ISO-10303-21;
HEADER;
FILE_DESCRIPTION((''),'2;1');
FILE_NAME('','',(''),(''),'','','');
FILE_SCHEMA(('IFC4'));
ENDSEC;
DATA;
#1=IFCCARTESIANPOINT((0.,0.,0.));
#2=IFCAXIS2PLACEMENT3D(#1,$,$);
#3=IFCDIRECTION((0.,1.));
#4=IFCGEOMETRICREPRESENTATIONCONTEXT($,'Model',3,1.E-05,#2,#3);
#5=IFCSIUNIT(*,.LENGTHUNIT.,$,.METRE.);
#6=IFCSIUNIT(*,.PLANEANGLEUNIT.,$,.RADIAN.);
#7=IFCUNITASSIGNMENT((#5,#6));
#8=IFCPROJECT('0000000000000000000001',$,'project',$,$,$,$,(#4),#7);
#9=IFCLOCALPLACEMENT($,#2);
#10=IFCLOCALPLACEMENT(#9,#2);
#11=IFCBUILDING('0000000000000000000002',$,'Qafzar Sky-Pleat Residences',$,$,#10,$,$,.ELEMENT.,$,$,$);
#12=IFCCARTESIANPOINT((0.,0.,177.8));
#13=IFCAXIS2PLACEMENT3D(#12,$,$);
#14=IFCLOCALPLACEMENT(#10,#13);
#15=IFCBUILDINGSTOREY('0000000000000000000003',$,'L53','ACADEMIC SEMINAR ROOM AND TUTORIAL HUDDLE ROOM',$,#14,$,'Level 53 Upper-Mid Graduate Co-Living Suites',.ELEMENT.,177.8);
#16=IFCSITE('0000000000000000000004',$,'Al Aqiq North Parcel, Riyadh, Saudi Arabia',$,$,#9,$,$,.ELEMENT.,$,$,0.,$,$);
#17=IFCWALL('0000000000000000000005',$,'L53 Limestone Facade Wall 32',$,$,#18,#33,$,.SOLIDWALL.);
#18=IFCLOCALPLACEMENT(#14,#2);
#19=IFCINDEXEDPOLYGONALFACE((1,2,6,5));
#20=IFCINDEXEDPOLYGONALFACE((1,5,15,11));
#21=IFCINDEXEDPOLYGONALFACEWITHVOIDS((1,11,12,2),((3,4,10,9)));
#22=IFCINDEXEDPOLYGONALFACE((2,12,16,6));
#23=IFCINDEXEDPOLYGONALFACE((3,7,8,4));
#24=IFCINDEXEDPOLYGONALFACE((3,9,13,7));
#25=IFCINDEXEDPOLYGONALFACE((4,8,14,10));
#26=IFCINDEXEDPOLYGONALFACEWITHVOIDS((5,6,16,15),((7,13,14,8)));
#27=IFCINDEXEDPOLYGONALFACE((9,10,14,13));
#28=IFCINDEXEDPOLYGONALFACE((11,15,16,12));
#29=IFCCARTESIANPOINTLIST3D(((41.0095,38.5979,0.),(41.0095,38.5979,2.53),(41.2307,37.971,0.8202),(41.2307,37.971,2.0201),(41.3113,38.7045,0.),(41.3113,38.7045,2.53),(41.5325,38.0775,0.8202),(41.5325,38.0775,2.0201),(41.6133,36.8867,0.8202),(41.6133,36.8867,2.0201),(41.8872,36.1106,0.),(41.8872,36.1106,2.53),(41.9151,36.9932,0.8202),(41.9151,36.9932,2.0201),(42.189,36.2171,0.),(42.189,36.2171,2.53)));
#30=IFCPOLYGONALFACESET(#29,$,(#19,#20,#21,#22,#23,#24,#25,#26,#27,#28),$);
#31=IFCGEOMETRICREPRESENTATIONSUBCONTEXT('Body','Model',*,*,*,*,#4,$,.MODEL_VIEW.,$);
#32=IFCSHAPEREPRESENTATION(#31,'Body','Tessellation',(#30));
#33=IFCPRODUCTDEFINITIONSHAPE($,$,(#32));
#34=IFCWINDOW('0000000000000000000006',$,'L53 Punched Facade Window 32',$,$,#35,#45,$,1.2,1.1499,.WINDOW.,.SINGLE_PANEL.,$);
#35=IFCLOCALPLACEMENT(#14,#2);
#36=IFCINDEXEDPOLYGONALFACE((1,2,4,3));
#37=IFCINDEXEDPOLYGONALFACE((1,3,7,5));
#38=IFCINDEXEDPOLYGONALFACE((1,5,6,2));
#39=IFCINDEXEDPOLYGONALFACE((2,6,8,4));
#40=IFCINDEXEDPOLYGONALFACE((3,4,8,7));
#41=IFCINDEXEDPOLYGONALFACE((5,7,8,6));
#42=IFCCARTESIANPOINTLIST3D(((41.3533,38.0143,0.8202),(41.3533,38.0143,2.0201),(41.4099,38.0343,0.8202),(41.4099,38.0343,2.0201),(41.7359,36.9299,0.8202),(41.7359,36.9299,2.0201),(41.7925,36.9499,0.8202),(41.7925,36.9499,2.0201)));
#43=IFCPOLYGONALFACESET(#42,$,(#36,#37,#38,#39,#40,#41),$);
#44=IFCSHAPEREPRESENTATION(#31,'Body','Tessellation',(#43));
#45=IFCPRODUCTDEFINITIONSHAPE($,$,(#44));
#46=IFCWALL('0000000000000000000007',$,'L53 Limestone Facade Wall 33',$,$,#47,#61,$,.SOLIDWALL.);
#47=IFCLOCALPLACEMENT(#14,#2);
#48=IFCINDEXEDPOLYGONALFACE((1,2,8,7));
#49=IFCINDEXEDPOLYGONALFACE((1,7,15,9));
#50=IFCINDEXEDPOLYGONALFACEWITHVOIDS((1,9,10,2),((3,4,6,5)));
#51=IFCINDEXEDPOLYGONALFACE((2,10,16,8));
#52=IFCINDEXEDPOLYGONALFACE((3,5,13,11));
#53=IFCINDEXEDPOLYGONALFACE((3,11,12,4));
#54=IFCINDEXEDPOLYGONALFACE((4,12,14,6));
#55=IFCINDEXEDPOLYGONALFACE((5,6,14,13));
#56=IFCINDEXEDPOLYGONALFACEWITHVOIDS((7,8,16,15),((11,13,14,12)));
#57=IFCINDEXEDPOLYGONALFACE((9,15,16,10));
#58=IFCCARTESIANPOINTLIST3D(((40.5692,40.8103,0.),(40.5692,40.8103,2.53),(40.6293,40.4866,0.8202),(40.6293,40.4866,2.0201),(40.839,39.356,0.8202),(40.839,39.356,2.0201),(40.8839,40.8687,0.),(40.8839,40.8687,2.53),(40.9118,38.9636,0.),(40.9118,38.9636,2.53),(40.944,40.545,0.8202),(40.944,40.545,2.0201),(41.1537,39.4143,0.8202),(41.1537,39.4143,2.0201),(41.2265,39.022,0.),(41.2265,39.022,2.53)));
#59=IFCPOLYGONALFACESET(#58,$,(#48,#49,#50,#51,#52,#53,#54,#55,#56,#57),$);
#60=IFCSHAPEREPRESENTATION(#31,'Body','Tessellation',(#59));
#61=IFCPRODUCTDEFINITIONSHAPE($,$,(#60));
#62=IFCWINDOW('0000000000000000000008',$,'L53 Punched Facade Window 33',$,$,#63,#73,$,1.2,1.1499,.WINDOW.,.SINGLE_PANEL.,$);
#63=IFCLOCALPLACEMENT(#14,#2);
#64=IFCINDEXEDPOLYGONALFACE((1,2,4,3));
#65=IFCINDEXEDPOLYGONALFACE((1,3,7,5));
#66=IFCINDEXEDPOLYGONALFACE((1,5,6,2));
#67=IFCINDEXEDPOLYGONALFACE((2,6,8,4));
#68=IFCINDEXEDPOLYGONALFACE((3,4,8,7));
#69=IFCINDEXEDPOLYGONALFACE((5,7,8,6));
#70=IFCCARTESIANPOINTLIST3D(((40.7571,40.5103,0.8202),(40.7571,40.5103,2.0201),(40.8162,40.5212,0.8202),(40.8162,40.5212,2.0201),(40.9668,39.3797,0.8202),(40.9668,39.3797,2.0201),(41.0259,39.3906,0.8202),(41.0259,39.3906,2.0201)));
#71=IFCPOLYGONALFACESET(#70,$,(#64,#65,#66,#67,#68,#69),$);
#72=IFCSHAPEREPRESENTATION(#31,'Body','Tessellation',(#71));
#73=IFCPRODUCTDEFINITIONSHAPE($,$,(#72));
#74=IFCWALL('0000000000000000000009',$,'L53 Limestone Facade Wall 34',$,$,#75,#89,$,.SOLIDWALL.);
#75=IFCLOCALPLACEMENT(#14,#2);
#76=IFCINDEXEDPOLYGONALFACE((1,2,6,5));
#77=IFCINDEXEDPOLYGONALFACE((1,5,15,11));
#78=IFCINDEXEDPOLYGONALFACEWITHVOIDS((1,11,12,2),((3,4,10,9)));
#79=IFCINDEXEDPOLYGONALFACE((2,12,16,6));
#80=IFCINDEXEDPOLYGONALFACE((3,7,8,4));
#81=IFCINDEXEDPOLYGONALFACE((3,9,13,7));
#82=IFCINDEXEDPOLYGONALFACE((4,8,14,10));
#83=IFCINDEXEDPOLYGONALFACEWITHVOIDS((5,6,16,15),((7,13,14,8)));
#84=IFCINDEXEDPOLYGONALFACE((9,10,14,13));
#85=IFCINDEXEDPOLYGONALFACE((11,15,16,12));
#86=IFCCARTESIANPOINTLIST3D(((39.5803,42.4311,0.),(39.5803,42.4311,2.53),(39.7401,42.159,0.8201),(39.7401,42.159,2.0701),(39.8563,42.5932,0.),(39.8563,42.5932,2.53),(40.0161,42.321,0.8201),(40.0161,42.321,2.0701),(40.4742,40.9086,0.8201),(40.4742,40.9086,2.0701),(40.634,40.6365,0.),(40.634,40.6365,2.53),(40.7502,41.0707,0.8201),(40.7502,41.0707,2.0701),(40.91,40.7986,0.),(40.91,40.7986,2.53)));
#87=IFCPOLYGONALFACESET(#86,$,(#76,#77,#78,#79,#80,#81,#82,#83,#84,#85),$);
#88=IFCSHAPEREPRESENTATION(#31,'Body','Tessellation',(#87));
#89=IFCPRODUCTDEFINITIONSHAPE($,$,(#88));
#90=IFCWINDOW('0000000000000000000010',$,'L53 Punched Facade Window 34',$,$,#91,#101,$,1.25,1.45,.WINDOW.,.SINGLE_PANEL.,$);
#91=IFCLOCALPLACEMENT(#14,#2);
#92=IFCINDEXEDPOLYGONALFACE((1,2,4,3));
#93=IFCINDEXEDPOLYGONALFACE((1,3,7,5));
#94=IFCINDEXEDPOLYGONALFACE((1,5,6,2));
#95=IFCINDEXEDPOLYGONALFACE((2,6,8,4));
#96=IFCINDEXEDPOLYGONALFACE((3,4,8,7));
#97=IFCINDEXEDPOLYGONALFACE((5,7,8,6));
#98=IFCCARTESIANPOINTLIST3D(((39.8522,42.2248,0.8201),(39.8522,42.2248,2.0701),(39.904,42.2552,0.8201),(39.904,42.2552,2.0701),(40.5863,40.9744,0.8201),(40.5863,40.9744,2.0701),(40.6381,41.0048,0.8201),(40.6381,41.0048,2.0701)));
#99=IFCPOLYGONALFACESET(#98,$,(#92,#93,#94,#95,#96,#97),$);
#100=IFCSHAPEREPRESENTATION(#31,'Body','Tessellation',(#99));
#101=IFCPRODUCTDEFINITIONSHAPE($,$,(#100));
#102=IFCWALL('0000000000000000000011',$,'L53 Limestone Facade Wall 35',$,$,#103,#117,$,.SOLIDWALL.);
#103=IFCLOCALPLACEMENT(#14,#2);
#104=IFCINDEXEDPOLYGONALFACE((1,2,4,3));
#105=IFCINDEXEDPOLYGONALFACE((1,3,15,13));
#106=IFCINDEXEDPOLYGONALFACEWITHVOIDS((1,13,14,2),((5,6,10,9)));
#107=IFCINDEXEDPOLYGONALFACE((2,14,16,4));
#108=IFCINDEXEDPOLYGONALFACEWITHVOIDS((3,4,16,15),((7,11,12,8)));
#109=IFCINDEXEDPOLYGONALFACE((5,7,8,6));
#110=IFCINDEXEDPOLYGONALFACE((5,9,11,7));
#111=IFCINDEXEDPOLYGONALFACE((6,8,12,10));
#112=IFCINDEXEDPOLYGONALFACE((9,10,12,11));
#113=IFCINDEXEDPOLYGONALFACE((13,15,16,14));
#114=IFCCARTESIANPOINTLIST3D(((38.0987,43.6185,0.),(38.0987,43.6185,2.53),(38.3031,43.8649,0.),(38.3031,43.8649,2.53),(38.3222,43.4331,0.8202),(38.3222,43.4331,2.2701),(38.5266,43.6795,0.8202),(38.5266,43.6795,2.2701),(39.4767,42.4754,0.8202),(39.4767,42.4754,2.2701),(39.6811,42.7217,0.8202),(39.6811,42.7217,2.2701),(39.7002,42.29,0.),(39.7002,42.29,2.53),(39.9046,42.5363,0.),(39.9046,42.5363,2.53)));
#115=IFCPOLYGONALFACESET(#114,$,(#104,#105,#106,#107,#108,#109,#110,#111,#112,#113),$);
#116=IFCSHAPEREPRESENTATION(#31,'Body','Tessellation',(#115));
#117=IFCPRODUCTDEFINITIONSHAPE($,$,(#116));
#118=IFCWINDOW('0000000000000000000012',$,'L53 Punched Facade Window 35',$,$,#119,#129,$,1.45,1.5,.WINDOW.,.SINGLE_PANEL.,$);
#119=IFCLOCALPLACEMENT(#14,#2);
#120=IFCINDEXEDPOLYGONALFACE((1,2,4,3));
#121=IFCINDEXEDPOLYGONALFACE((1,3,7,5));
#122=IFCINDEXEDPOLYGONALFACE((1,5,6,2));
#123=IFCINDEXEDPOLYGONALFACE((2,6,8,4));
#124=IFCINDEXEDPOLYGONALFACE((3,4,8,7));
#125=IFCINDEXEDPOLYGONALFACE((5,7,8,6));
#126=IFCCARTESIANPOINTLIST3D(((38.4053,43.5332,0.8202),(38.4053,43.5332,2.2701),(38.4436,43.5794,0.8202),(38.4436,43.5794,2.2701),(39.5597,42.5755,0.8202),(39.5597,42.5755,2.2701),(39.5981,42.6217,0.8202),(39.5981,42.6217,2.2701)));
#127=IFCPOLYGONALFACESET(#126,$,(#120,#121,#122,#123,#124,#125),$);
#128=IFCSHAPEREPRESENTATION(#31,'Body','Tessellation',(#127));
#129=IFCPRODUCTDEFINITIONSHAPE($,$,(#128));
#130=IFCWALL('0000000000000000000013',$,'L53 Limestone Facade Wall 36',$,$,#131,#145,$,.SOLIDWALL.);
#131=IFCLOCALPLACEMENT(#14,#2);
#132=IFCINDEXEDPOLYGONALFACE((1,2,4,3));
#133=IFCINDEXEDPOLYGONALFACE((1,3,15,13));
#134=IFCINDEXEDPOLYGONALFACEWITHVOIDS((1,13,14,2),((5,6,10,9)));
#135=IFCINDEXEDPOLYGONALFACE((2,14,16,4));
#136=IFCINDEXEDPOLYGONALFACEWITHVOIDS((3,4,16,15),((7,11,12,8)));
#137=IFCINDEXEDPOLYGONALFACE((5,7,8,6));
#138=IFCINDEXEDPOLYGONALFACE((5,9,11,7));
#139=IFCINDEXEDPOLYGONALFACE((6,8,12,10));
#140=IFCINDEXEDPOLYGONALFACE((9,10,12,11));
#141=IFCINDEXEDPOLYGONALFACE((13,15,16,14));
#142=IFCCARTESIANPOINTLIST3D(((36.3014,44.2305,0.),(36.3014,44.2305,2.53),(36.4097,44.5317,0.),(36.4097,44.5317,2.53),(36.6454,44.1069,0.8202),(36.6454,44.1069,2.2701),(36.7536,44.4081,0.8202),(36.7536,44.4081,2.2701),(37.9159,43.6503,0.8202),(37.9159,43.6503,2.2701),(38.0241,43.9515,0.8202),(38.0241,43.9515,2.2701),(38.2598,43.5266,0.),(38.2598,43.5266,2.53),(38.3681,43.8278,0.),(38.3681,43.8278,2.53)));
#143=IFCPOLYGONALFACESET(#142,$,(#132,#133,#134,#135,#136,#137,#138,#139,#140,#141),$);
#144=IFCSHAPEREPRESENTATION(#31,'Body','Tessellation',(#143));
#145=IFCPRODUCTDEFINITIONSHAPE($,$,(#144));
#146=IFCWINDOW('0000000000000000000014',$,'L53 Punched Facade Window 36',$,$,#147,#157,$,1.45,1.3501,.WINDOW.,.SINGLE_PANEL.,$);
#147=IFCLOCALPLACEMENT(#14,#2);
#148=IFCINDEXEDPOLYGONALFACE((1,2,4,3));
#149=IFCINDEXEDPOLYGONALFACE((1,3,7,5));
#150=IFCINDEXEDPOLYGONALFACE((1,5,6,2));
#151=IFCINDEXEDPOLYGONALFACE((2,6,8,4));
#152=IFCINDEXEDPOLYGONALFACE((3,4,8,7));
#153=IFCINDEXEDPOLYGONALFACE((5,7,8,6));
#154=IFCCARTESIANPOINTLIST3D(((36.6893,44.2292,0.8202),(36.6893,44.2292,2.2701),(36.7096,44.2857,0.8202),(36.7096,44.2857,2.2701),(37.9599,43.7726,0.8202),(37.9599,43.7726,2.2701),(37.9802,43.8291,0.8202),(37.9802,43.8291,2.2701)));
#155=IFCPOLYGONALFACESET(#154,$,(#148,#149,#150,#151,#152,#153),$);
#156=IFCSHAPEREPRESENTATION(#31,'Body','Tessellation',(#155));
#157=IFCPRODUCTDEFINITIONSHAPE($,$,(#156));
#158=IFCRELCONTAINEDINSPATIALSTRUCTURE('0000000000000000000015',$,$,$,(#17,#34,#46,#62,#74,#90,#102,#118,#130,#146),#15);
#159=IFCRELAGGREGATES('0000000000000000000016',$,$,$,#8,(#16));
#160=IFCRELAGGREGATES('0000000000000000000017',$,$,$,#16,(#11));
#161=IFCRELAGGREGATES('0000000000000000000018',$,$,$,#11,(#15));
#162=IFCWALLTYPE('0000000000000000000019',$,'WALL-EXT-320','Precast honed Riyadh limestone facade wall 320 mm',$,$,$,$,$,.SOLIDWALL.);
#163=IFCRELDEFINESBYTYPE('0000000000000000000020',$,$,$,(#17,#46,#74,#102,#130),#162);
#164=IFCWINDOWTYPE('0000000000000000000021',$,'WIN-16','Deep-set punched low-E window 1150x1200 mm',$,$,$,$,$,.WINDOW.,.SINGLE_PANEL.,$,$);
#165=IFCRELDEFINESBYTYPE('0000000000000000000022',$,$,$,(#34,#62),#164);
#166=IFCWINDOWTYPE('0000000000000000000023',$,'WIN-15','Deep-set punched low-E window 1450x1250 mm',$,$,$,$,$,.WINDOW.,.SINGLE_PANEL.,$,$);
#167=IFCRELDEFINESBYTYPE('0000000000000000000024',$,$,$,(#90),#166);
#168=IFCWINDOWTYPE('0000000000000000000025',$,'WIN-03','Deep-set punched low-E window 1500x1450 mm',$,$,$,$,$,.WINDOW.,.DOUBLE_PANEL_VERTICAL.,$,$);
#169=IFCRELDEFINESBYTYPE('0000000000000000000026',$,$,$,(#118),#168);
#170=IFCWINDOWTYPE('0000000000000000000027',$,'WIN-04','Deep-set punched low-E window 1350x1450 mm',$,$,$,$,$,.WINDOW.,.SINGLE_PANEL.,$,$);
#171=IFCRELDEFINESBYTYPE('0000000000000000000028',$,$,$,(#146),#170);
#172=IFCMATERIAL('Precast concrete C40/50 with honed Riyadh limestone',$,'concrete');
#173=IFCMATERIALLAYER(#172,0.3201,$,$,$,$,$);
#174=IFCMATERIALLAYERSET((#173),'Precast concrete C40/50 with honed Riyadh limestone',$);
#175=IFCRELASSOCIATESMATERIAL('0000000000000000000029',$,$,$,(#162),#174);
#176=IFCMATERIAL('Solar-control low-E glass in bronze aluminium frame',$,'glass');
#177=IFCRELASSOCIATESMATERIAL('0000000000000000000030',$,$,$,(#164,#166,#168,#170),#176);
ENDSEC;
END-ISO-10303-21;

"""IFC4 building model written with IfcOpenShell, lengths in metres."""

from ifc_helpers import new_model, si_unit, direction, frame, frame_2d, origin, place, context, subcontext, project, spatial, rectangle, extrude, source, transform, mapped, material, layer, layer_set, type_object, element, fill, save


model = new_model("IFC4")

# Units and contexts
model_context = context("Model", 3, precision=1e-05, world=origin(), true_north=direction((0.0, 1.0)))
body_context = subcontext(model_context, "Body", "Model", "MODEL_VIEW")
ifc_project = project(units=[si_unit("LENGTHUNIT", "METRE"), si_unit("PLANEANGLEUNIT", "RADIAN")], contexts=[model_context])

# Site, building, storey
site_placement = place(None, origin())
site = spatial("IfcSite", under=ifc_project, at=site_placement, Name="Al Aqiq North Parcel, Riyadh, Saudi Arabia", CompositionType="ELEMENT", RefElevation=0.0)
building_placement = place(site_placement, origin())
building = spatial("IfcBuilding", under=site, at=building_placement, Name="Qafzar Sky-Pleat Residences", CompositionType="ELEMENT")
storey_placement = place(building_placement, frame((0.0, 0.0, 177.8)))
storey = spatial("IfcBuildingStorey", under=building, at=storey_placement, Name="L53", Description="ACADEMIC SEMINAR ROOM AND TUTORIAL HUDDLE ROOM", LongName="Level 53 Upper-Mid Graduate Co-Living Suites", CompositionType="ELEMENT", Elevation=177.8)

# Walls, openings, windows
ifc_material_1 = material(Name="Precast concrete C40/50 with honed Riyadh limestone", Category="concrete")
ifc_layer_1 = layer(ifc_material_1, 0.3201)
ifc_layer_set_1 = layer_set([ifc_layer_1], Name="Precast concrete C40/50 with honed Riyadh limestone")
wall_type_1 = type_object("IfcWallType", Name="WALL-EXT-320", Description="Precast honed Riyadh limestone facade wall 320 mm", PredefinedType="SOLIDWALL", material=ifc_layer_set_1)
wall_1_placement = place(storey_placement, frame((42.0381, 36.1638, 0.0), z_axis=(0.0, 0.0, 1.0), x_axis=(-0.332757, 0.943013, 0.0)))
wall_1 = element("IfcWall", 1, at=wall_1_placement, inside=storey, type_object=wall_type_1, Name="L53 Limestone Facade Wall 32", PredefinedType="SOLIDWALL", context=body_context, shape_type="SweptSolid", body=[
    extrude(rectangle(XDim=2.6377, YDim=0.3201, at=frame_2d((1.3188, 0.0))), origin(), (0.0, 0.0, 1.0), 2.53),
])
opening_1_placement = place(wall_1_placement, frame((0.823, 0.0, 0.8201)))
opening_1 = element("IfcOpeningElement", 2, at=opening_1_placement, cuts=wall_1, PredefinedType="OPENING", context=body_context, shape_type="SweptSolid", body=[
    extrude(rectangle(XDim=1.1499, YDim=1.2, at=frame_2d((0.575, 0.6001))), frame((0.0, 0.1699, 0.0), z_axis=(0.0, -1.0, 0.0), x_axis=(1.0, 0.0, 0.0)), (0.0, 0.0, 1.0), 0.3401),
])
ifc_material_2 = material(Name="Solar-control low-E glass in bronze aluminium frame", Category="glass")
window_type_1 = type_object("IfcWindowType", Name="WIN-16", Description="Deep-set punched low-E window 1150x1200 mm", PartitioningType="SINGLE_PANEL", PredefinedType="WINDOW", material=ifc_material_2)
shared_shape_1 = source(origin(), body_context, "Body", "SweptSolid", [
    extrude(rectangle(XDim=1.1499, YDim=1.2, at=frame_2d((0.575, 0.6001))), frame((0.0, 0.03, 0.0), z_axis=(0.0, -1.0, 0.0), x_axis=(1.0, 0.0, 0.0)), (0.0, 0.0, 1.0), 0.0601),
])
window_1_placement = place(opening_1_placement, origin())
window_1 = element("IfcWindow", 3, at=window_1_placement, inside=storey, type_object=window_type_1, Name="L53 Punched Facade Window 32", OverallHeight=1.2, OverallWidth=1.1499, PartitioningType="SINGLE_PANEL", PredefinedType="WINDOW", context=body_context, shape_type="MappedRepresentation", body=[
    mapped(shared_shape_1, transform((0.0, 0.0, 0.0), x_axis=(1.0, 0.0, 0.0), y_axis=(0.0, 1.0, 0.0), z_axis=(0.0, 0.0, 1.0), scale=1.0)),
])
fill(opening_1, window_1)
wall_2_placement = place(storey_placement, frame((41.0691, 38.9929, 0.0), z_axis=(0.0, 0.0, 1.0), x_axis=(-0.182373, 0.983229, 0.0)))
wall_2 = element("IfcWall", 4, at=wall_2_placement, inside=storey, type_object=wall_type_1, Name="L53 Limestone Facade Wall 33", PredefinedType="SOLIDWALL", context=body_context, shape_type="SweptSolid", body=[
    extrude(rectangle(XDim=1.8782, YDim=0.3201, at=frame_2d((0.939, 0.0))), origin(), (0.0, 0.0, 1.0), 2.53),
])
opening_2_placement = place(wall_2_placement, frame((0.3989, 0.0, 0.8201)))
opening_2 = element("IfcOpeningElement", 5, at=opening_2_placement, cuts=wall_2, PredefinedType="OPENING", context=body_context, shape_type="SweptSolid", body=[
    extrude(rectangle(XDim=1.1499, YDim=1.2, at=frame_2d((0.575, 0.6001))), frame((0.0, 0.1699, 0.0), z_axis=(0.0, -1.0, 0.0), x_axis=(1.0, 0.0, 0.0)), (0.0, 0.0, 1.0), 0.3401),
])
window_2_placement = place(opening_2_placement, origin())
window_2 = element("IfcWindow", 6, at=window_2_placement, inside=storey, type_object=window_type_1, Name="L53 Punched Facade Window 33", OverallHeight=1.2, OverallWidth=1.1499, PartitioningType="SINGLE_PANEL", PredefinedType="WINDOW", context=body_context, shape_type="MappedRepresentation", body=[
    mapped(shared_shape_1, transform((0.0, 0.0, 0.0), x_axis=(1.0, 0.0, 0.0), y_axis=(0.0, 1.0, 0.0), z_axis=(0.0, 0.0, 1.0), scale=1.0)),
])
fill(opening_2, window_2)
wall_3_placement = place(storey_placement, frame((40.772, 40.7175, 0.0), z_axis=(0.0, 0.0, 1.0), x_axis=(-0.506312, 0.86235, 0.0)))
wall_3 = element("IfcWall", 7, at=wall_3_placement, inside=storey, type_object=wall_type_1, Name="L53 Limestone Facade Wall 34", PredefinedType="SOLIDWALL", context=body_context, shape_type="SweptSolid", body=[
    extrude(rectangle(XDim=2.0811, YDim=0.3201, at=frame_2d((1.0405, 0.0))), origin(), (0.0, 0.0, 1.0), 2.53),
])
opening_3_placement = place(wall_3_placement, frame((0.3154, 0.0, 0.8201)))
opening_3 = element("IfcOpeningElement", 8, at=opening_3_placement, cuts=wall_3, PredefinedType="OPENING", context=body_context, shape_type="SweptSolid", body=[
    extrude(rectangle(XDim=1.45, YDim=1.25, at=frame_2d((0.7251, 0.625))), frame((0.0, 0.1699, 0.0), z_axis=(0.0, -1.0, 0.0), x_axis=(1.0, 0.0, 0.0)), (0.0, 0.0, 1.0), 0.3401),
])
window_type_2 = type_object("IfcWindowType", Name="WIN-15", Description="Deep-set punched low-E window 1450x1250 mm", PartitioningType="SINGLE_PANEL", PredefinedType="WINDOW", material=ifc_material_2)
shared_shape_2 = source(origin(), body_context, "Body", "SweptSolid", [
    extrude(rectangle(XDim=1.45, YDim=1.25, at=frame_2d((0.7251, 0.625))), frame((0.0, 0.03, 0.0), z_axis=(0.0, -1.0, 0.0), x_axis=(1.0, 0.0, 0.0)), (0.0, 0.0, 1.0), 0.0601),
])
window_3_placement = place(opening_3_placement, origin())
window_3 = element("IfcWindow", 9, at=window_3_placement, inside=storey, type_object=window_type_2, Name="L53 Punched Facade Window 34", OverallHeight=1.25, OverallWidth=1.45, PartitioningType="SINGLE_PANEL", PredefinedType="WINDOW", context=body_context, shape_type="MappedRepresentation", body=[
    mapped(shared_shape_2, transform((0.0, 0.0, 0.0), x_axis=(1.0, 0.0, 0.0), y_axis=(0.0, 1.0, 0.0), z_axis=(0.0, 0.0, 1.0), scale=1.0)),
])
fill(opening_3, window_3)
wall_4_placement = place(storey_placement, frame((39.8025, 42.4131, 0.0), z_axis=(0.0, 0.0, 1.0), x_axis=(-0.769643, 0.638475, 0.0)))
wall_4 = element("IfcWall", 10, at=wall_4_placement, inside=storey, type_object=wall_type_1, Name="L53 Limestone Facade Wall 35", PredefinedType="SOLIDWALL", context=body_context, shape_type="SweptSolid", body=[
    extrude(rectangle(XDim=2.0808, YDim=0.3201, at=frame_2d((1.0405, 0.0))), origin(), (0.0, 0.0, 1.0), 2.53),
])
opening_4_placement = place(wall_4_placement, frame((0.2905, 0.0, 0.8201)))
opening_4 = element("IfcOpeningElement", 11, at=opening_4_placement, cuts=wall_4, PredefinedType="OPENING", context=body_context, shape_type="SweptSolid", body=[
    extrude(rectangle(XDim=1.5, YDim=1.45, at=frame_2d((0.75, 0.7251))), frame((0.0, 0.1699, 0.0), z_axis=(0.0, -1.0, 0.0), x_axis=(1.0, 0.0, 0.0)), (0.0, 0.0, 1.0), 0.3401),
])
window_type_3 = type_object("IfcWindowType", Name="WIN-03", Description="Deep-set punched low-E window 1500x1450 mm", PartitioningType="DOUBLE_PANEL_VERTICAL", PredefinedType="WINDOW", material=ifc_material_2)
shared_shape_3 = source(origin(), body_context, "Body", "SweptSolid", [
    extrude(rectangle(XDim=1.5, YDim=1.45, at=frame_2d((0.75, 0.7251))), frame((0.0, 0.03, 0.0), z_axis=(0.0, -1.0, 0.0), x_axis=(1.0, 0.0, 0.0)), (0.0, 0.0, 1.0), 0.0601),
])
window_4_placement = place(opening_4_placement, origin())
window_4 = element("IfcWindow", 12, at=window_4_placement, inside=storey, type_object=window_type_3, Name="L53 Punched Facade Window 35", OverallHeight=1.45, OverallWidth=1.5, PartitioningType="SINGLE_PANEL", PredefinedType="WINDOW", context=body_context, shape_type="MappedRepresentation", body=[
    mapped(shared_shape_3, transform((0.0, 0.0, 0.0), x_axis=(1.0, 0.0, 0.0), y_axis=(0.0, 1.0, 0.0), z_axis=(0.0, 0.0, 1.0), scale=1.0)),
])
fill(opening_4, window_4)
wall_5_placement = place(storey_placement, frame((38.314, 43.6772, 0.0), z_axis=(0.0, 0.0, 1.0), x_axis=(-0.941071, 0.338208, 0.0)))
wall_5 = element("IfcWall", 13, at=wall_5_placement, inside=storey, type_object=wall_type_1, Name="L53 Limestone Facade Wall 36", PredefinedType="SOLIDWALL", context=body_context, shape_type="SweptSolid", body=[
    extrude(rectangle(XDim=2.0811, YDim=0.3201, at=frame_2d((1.0405, 0.0))), origin(), (0.0, 0.0, 1.0), 2.53),
])
opening_5_placement = place(wall_5_placement, frame((0.3655, 0.0, 0.8201)))
opening_5 = element("IfcOpeningElement", 14, at=opening_5_placement, cuts=wall_5, PredefinedType="OPENING", context=body_context, shape_type="SweptSolid", body=[
    extrude(rectangle(XDim=1.3501, YDim=1.45, at=frame_2d((0.675, 0.7251))), frame((0.0, 0.1699, 0.0), z_axis=(0.0, -1.0, 0.0), x_axis=(1.0, 0.0, 0.0)), (0.0, 0.0, 1.0), 0.3401),
])
window_type_4 = type_object("IfcWindowType", Name="WIN-04", Description="Deep-set punched low-E window 1350x1450 mm", PartitioningType="SINGLE_PANEL", PredefinedType="WINDOW", material=ifc_material_2)
shared_shape_4 = source(origin(), body_context, "Body", "SweptSolid", [
    extrude(rectangle(XDim=1.3501, YDim=1.45, at=frame_2d((0.675, 0.7251))), frame((0.0, 0.03, 0.0), z_axis=(0.0, -1.0, 0.0), x_axis=(1.0, 0.0, 0.0)), (0.0, 0.0, 1.0), 0.0601),
])
window_5_placement = place(opening_5_placement, origin())
window_5 = element("IfcWindow", 15, at=window_5_placement, inside=storey, type_object=window_type_4, Name="L53 Punched Facade Window 36", OverallHeight=1.45, OverallWidth=1.3501, PartitioningType="SINGLE_PANEL", PredefinedType="WINDOW", context=body_context, shape_type="MappedRepresentation", body=[
    mapped(shared_shape_4, transform((0.0, 0.0, 0.0), x_axis=(1.0, 0.0, 0.0), y_axis=(0.0, 1.0, 0.0), z_axis=(0.0, 0.0, 1.0), scale=1.0)),
])
fill(opening_5, window_5)

save(model, "model.ifc")
